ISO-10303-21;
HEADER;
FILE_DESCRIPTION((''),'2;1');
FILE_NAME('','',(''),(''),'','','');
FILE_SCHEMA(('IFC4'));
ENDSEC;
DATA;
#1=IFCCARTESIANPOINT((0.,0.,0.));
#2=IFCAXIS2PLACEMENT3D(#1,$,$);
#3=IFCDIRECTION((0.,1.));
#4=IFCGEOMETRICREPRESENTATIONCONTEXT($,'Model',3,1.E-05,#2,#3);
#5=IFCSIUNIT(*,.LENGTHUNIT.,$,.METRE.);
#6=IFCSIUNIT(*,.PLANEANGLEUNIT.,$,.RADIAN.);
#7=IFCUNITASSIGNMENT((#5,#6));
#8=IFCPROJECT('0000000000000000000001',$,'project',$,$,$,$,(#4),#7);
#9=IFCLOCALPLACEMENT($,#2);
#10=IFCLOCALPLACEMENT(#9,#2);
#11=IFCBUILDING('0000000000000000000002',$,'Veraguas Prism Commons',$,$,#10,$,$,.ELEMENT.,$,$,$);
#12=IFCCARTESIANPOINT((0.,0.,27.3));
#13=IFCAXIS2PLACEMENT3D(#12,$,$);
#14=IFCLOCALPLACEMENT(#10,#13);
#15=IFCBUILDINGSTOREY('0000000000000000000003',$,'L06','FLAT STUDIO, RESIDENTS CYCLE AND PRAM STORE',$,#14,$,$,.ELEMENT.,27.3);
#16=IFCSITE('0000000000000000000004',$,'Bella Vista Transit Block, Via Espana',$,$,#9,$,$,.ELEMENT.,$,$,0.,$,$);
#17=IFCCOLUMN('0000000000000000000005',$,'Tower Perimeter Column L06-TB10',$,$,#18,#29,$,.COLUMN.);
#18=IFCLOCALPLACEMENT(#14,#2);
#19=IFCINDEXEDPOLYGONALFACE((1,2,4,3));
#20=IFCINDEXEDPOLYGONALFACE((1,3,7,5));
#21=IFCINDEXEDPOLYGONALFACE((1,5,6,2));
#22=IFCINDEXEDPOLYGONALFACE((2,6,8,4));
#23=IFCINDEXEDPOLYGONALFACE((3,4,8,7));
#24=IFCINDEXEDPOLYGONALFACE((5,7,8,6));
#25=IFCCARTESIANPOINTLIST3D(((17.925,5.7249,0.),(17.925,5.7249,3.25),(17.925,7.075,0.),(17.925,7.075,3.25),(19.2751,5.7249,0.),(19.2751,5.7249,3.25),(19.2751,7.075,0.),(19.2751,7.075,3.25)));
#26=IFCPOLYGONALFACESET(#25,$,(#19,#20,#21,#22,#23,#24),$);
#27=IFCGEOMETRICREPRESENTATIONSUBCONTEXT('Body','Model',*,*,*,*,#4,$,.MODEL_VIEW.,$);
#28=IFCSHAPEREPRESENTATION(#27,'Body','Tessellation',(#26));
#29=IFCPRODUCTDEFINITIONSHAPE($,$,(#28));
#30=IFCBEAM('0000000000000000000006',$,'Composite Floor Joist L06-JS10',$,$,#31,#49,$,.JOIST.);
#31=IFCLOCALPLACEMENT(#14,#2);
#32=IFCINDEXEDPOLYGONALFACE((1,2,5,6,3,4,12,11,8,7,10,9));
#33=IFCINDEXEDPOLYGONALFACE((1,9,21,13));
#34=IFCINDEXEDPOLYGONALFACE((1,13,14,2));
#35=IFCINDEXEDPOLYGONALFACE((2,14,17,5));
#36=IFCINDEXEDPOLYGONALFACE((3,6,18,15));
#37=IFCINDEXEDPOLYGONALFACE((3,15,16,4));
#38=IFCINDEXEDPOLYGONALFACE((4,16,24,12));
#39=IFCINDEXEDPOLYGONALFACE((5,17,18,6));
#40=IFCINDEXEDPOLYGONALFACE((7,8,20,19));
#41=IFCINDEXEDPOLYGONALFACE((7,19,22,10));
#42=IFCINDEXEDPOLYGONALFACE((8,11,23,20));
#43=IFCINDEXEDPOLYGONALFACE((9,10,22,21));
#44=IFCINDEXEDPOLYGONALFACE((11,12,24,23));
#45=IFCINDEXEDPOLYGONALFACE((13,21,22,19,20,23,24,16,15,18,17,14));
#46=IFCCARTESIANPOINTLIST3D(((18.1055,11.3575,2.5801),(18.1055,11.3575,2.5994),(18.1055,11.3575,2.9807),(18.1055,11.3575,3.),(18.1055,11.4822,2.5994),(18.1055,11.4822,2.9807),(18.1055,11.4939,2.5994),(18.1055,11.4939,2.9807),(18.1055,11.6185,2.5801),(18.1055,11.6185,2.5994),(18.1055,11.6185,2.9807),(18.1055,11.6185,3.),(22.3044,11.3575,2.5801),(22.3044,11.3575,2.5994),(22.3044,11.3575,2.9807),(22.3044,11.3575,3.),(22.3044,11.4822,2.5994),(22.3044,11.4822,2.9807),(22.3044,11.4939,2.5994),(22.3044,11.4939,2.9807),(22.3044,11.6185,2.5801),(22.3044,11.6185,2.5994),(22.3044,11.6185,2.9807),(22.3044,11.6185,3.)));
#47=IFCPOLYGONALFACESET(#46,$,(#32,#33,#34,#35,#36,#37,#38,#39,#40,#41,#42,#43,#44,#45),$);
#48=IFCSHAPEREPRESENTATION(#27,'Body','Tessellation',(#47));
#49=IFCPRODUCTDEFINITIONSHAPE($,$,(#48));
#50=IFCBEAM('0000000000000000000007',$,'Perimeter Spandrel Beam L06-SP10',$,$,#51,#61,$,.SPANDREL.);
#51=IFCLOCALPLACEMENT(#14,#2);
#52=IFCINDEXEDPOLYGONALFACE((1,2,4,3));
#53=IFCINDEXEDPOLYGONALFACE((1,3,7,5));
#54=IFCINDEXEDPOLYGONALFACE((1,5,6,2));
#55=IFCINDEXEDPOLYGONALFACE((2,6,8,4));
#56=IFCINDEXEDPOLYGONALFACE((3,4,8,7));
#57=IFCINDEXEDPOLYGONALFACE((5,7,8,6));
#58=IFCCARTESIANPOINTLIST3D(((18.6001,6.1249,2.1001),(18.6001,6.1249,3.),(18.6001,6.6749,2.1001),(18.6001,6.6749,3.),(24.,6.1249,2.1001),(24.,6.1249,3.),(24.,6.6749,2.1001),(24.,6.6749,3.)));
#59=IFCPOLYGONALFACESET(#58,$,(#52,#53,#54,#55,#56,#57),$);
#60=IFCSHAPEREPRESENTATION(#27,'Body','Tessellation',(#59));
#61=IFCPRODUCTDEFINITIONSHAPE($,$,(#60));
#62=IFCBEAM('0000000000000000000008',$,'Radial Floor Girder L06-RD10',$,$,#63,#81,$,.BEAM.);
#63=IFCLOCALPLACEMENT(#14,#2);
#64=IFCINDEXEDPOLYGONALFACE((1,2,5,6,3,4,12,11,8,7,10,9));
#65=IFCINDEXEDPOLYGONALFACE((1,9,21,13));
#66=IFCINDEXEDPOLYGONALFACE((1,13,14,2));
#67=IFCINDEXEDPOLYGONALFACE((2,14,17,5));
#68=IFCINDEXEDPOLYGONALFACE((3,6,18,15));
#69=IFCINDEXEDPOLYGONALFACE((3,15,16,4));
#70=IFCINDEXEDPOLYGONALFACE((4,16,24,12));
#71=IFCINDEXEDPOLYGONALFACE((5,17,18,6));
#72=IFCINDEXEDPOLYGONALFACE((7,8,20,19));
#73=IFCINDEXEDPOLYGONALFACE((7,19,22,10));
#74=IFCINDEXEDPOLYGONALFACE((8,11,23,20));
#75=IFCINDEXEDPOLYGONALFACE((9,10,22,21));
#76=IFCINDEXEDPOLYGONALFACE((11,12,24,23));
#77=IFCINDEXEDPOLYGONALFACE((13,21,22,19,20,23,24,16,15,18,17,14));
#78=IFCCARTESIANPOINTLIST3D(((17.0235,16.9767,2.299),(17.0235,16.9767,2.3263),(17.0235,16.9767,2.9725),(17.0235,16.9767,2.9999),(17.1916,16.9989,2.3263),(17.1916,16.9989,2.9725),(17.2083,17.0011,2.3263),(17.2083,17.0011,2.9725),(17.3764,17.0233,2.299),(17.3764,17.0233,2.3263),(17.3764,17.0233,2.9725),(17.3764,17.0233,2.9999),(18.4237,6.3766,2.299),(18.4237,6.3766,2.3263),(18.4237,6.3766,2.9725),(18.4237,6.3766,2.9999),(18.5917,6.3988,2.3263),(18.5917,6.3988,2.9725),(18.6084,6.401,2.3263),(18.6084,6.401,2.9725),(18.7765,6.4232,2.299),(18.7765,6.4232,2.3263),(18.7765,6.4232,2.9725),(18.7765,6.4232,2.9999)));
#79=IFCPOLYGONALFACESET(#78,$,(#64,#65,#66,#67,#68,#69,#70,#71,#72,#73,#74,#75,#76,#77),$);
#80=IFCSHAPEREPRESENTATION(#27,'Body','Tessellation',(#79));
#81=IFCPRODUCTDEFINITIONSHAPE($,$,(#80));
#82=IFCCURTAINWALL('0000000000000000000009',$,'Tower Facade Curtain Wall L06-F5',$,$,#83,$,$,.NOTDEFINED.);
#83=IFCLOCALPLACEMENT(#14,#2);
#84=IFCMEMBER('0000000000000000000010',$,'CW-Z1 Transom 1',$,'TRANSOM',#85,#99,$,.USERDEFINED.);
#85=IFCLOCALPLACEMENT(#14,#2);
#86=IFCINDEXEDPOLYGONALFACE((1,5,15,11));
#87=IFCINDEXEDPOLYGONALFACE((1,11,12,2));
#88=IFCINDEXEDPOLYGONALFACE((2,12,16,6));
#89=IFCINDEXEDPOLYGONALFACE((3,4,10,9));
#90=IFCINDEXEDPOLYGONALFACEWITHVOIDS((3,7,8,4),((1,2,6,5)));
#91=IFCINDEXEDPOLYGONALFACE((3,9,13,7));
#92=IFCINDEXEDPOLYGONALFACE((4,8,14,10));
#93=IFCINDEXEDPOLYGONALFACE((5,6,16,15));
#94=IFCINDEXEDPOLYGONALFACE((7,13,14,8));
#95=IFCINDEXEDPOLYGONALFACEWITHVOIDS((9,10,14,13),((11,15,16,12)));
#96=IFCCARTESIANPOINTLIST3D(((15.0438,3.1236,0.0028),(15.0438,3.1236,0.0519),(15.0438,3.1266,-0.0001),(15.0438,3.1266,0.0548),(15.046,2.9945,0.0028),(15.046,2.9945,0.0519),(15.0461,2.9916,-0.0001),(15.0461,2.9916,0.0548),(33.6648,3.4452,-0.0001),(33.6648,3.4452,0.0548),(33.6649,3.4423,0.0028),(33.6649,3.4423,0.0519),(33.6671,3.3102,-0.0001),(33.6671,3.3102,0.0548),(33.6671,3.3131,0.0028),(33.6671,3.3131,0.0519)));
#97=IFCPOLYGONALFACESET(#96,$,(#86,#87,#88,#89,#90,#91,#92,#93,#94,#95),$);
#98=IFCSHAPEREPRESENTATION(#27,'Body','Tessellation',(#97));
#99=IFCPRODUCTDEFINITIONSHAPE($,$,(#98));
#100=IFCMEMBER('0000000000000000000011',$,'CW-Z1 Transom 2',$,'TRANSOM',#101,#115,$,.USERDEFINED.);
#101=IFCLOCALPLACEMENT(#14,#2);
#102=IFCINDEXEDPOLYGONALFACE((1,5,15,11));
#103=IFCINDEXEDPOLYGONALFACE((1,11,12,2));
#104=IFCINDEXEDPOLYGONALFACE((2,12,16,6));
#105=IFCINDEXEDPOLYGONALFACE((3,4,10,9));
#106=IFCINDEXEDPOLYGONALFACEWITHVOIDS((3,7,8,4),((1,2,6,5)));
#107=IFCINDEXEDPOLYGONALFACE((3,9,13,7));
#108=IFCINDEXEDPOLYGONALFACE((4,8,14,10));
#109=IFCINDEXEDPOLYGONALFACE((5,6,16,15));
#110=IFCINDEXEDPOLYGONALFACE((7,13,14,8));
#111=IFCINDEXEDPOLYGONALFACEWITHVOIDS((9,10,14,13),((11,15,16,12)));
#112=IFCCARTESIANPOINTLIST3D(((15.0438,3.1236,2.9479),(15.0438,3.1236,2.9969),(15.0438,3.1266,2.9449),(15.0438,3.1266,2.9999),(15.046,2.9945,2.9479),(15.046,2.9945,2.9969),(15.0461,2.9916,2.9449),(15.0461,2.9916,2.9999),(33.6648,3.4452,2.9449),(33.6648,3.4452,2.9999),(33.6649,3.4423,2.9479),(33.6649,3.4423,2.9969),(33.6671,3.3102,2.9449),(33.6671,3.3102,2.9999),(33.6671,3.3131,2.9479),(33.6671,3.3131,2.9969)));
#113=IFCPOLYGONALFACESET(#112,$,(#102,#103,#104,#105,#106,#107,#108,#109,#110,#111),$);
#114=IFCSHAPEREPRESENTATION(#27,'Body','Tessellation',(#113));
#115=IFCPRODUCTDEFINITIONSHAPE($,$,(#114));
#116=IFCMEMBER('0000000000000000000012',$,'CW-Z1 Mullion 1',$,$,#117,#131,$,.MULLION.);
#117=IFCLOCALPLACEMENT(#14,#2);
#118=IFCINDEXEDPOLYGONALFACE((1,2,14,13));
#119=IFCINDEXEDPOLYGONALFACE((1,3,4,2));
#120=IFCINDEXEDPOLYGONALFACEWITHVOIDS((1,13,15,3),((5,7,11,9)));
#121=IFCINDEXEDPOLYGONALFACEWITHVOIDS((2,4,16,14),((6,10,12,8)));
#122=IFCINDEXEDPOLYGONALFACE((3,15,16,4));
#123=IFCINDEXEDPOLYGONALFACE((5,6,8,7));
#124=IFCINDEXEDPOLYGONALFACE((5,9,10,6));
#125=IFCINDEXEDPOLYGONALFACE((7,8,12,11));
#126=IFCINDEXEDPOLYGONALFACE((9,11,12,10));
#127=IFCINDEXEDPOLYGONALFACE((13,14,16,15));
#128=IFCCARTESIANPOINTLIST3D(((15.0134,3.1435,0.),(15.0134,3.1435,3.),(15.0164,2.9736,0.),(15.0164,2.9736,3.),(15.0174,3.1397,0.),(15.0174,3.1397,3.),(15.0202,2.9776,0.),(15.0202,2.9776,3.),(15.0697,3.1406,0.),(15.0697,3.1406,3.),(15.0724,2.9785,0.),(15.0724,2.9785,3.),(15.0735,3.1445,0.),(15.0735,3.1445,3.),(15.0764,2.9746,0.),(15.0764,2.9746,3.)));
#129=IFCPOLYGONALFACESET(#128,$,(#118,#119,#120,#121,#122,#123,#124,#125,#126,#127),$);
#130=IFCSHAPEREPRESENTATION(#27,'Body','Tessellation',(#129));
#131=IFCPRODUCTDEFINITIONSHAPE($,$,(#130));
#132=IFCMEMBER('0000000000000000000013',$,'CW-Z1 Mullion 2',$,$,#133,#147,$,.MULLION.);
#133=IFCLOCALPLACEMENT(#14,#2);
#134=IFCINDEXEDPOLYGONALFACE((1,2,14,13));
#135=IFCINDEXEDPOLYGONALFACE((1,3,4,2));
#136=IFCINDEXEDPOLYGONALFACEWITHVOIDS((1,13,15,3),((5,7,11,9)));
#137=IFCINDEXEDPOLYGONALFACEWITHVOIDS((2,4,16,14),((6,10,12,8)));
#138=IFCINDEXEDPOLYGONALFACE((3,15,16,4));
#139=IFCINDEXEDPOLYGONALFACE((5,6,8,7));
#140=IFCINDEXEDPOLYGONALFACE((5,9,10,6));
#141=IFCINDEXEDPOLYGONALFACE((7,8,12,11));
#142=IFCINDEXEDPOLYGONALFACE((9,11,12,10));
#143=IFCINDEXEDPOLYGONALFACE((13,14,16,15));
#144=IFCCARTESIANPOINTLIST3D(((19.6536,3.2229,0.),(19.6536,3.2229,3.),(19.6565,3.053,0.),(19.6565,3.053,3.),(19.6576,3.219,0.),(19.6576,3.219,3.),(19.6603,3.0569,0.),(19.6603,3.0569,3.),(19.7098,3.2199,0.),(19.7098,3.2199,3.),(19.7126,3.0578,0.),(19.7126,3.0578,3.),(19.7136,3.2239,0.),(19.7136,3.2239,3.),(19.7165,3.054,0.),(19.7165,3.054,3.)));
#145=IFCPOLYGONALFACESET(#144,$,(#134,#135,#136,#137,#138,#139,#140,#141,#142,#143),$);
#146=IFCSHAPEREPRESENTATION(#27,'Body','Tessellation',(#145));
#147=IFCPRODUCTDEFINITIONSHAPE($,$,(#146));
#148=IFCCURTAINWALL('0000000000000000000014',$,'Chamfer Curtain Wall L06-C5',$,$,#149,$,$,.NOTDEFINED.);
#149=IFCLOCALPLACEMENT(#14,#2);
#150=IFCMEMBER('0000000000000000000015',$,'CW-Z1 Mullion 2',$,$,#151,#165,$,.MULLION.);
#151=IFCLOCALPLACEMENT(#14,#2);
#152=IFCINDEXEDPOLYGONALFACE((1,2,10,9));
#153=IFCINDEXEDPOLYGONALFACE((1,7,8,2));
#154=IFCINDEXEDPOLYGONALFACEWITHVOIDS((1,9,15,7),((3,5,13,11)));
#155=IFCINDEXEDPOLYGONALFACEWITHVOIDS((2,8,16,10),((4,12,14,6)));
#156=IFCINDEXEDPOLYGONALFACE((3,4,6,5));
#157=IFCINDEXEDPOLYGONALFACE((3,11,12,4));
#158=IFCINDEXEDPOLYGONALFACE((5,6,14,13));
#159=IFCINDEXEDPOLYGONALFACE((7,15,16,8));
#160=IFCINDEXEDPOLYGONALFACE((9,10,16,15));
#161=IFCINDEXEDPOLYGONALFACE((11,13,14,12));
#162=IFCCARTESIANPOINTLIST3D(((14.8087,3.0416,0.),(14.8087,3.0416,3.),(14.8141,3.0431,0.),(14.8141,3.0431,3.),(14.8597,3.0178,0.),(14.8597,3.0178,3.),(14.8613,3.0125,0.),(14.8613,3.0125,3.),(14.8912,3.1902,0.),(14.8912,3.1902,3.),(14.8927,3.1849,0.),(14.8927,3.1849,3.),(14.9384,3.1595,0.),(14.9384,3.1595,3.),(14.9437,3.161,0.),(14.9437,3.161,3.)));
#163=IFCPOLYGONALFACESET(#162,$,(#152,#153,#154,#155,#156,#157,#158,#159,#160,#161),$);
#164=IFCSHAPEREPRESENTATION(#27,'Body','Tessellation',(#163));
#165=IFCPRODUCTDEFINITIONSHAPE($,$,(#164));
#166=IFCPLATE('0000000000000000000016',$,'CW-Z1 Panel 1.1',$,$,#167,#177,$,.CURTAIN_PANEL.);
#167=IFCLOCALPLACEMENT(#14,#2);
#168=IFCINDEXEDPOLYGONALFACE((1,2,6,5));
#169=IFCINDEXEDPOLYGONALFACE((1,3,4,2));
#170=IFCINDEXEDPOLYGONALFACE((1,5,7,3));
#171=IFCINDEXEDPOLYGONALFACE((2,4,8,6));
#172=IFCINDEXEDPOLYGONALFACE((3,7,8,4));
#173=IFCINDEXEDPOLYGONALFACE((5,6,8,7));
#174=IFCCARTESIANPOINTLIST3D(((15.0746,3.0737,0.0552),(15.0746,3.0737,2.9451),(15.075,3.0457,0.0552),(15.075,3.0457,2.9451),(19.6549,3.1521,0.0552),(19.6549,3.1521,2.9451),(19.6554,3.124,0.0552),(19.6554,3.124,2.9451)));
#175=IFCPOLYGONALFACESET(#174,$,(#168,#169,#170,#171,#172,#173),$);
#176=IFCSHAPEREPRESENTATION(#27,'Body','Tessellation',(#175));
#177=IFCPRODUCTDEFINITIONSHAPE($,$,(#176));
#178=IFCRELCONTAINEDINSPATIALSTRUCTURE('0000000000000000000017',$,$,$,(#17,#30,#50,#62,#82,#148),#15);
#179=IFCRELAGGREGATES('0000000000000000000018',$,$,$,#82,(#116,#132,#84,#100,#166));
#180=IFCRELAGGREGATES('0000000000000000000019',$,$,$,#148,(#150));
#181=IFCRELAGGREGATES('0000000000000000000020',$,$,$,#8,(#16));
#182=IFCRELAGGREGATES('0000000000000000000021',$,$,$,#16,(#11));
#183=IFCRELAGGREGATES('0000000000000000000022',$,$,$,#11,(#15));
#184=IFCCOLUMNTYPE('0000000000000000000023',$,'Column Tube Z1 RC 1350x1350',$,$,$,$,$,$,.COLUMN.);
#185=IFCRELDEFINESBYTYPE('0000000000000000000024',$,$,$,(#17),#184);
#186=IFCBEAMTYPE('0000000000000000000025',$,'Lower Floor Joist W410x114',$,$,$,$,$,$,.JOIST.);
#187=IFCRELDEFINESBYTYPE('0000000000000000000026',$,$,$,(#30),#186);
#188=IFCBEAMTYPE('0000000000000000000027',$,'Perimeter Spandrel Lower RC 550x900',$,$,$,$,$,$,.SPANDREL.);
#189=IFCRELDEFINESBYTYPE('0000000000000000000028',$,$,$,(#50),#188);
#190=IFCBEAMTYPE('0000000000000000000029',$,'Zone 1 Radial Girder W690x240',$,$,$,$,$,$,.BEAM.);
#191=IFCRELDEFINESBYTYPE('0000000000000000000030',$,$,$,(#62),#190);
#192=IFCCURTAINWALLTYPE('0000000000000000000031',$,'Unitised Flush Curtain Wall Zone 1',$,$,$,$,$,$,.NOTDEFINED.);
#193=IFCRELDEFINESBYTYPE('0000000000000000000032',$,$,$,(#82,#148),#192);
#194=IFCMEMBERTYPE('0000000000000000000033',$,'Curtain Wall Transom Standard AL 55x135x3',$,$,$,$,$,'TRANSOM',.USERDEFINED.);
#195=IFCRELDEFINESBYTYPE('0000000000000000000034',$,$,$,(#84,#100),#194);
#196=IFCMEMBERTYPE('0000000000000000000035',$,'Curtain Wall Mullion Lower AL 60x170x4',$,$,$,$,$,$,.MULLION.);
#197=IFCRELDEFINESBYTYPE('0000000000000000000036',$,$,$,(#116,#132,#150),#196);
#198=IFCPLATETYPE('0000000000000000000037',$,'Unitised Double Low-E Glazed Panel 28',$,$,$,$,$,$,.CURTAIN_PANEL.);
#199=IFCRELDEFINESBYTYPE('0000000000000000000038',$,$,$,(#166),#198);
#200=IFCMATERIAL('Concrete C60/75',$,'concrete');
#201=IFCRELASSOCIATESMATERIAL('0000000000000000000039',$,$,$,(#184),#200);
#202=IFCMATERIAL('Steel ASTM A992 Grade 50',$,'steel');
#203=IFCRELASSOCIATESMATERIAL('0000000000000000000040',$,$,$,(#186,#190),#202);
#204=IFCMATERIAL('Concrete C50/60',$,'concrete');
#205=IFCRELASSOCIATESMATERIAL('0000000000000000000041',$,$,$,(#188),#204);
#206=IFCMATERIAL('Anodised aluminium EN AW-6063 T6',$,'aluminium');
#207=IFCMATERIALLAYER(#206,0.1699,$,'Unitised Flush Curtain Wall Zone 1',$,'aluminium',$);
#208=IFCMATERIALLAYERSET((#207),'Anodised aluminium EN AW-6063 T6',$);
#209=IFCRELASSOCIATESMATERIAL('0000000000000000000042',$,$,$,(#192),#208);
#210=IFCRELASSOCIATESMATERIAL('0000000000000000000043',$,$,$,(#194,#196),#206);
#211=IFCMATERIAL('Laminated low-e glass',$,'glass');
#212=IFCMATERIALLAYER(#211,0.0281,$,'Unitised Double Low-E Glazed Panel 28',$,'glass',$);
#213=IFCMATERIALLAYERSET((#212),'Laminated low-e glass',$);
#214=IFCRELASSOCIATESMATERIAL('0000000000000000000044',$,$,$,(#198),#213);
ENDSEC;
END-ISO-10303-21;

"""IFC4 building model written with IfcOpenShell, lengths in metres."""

from ifc_helpers import new_model, si_unit, direction, frame, origin, origin_2d, place, context, subcontext, project, spatial, rectangle, hollow_rectangle, i_section, extrude, source, transform, mapped, material, layer, layer_set, material_profile, profile_set, type_object, element, aggregate, save


model = new_model("IFC4")

# Units and contexts
model_context = context("Model", 3, precision=1e-05, world=origin(), true_north=direction((0.0, 1.0)))
body_context = subcontext(model_context, "Body", "Model", "MODEL_VIEW")
ifc_project = project(units=[si_unit("LENGTHUNIT", "METRE"), si_unit("PLANEANGLEUNIT", "RADIAN")], contexts=[model_context])

# Site, building, storey
site_placement = place(None, origin())
site = spatial("IfcSite", under=ifc_project, at=site_placement, Name="Bella Vista Transit Block, Via Espana", CompositionType="ELEMENT", RefElevation=0.0)
building_placement = place(site_placement, origin())
building = spatial("IfcBuilding", under=site, at=building_placement, Name="Veraguas Prism Commons", CompositionType="ELEMENT")
storey_placement = place(building_placement, frame((0.0, 0.0, 27.3)))
storey = spatial("IfcBuildingStorey", under=building, at=storey_placement, Name="L06", Description="FLAT STUDIO, RESIDENTS CYCLE AND PRAM STORE", CompositionType="ELEMENT", Elevation=27.3)

# Column
ifc_material_1 = material(Name="Concrete C60/75", Category="concrete")
ifc_material_profile_1 = material_profile(ifc_material_1, rectangle(XDim=1.3501, YDim=1.3501, at=origin_2d()), Name="RC1350X1350")
ifc_profile_set_1 = profile_set([ifc_material_profile_1], Name="Concrete C60/75")
column_type = type_object("IfcColumnType", Name="Column Tube Z1 RC 1350x1350", PredefinedType="COLUMN", material=ifc_profile_set_1)
column_placement = place(storey_placement, frame((18.6001, 6.3999, 0.0), z_axis=(0.0, 0.0, 1.0), x_axis=(1.0, 0.0, 0.0)))
element("IfcColumn", 1, at=column_placement, inside=storey, type_object=column_type, Name="Tower Perimeter Column L06-TB10", PredefinedType="COLUMN", context=body_context, shape_type="SweptSolid", body=[
    extrude(rectangle(XDim=1.3501, YDim=1.3501, at=origin_2d()), origin(), (0.0, 0.0, 1.0), 3.25),
])

# Beams
ifc_material_2 = material(Name="Steel ASTM A992 Grade 50", Category="steel")
ifc_material_profile_2 = material_profile(ifc_material_2, i_section(OverallWidth=0.261, OverallDepth=0.4199, WebThickness=0.0117, FlangeThickness=0.0193, at=origin_2d()), Name="W410X114")
ifc_profile_set_2 = profile_set([ifc_material_profile_2], Name="Steel ASTM A992 Grade 50")
beam_type_1 = type_object("IfcBeamType", Name="Lower Floor Joist W410x114", PredefinedType="JOIST", material=ifc_profile_set_2)
beam_1_placement = place(storey_placement, frame((18.1055, 11.488, 2.79), z_axis=(1.0, 0.0, 0.0), x_axis=(0.0, 1.0, 0.0)))
element("IfcBeam", 2, at=beam_1_placement, inside=storey, type_object=beam_type_1, Name="Composite Floor Joist L06-JS10", PredefinedType="JOIST", context=body_context, shape_type="SweptSolid", body=[
    extrude(i_section(OverallWidth=0.261, OverallDepth=0.4199, WebThickness=0.0117, FlangeThickness=0.0193, at=origin_2d()), origin(), (0.0, 0.0, 1.0), 4.199),
])
ifc_material_3 = material(Name="Concrete C50/60", Category="concrete")
ifc_material_profile_3 = material_profile(ifc_material_3, rectangle(XDim=0.55, YDim=0.8999, at=origin_2d()), Name="RC550X900")
ifc_profile_set_3 = profile_set([ifc_material_profile_3], Name="Concrete C50/60")
beam_type_2 = type_object("IfcBeamType", Name="Perimeter Spandrel Lower RC 550x900", PredefinedType="SPANDREL", material=ifc_profile_set_3)
beam_2_placement = place(storey_placement, frame((18.6001, 6.3999, 2.55), z_axis=(1.0, 0.0, 0.0), x_axis=(0.0, 1.0, 0.0)))
element("IfcBeam", 3, at=beam_2_placement, inside=storey, type_object=beam_type_2, Name="Perimeter Spandrel Beam L06-SP10", PredefinedType="SPANDREL", context=body_context, shape_type="SweptSolid", body=[
    extrude(rectangle(XDim=0.55, YDim=0.8999, at=origin_2d()), origin(), (0.0, 0.0, 1.0), 5.3999),
])
ifc_material_profile_4 = material_profile(ifc_material_2, i_section(OverallWidth=0.356, OverallDepth=0.7009, WebThickness=0.0168, FlangeThickness=0.0273, at=origin_2d()), Name="W690X240")
ifc_profile_set_4 = profile_set([ifc_material_profile_4], Name="Steel ASTM A992 Grade 50")
beam_type_3 = type_object("IfcBeamType", Name="Zone 1 Radial Girder W690x240", PredefinedType="BEAM", material=ifc_profile_set_4)
beam_3_placement = place(storey_placement, frame((18.6001, 6.3999, 2.6494), z_axis=(-0.130951, 0.991389, 0.0), x_axis=(-0.991389, -0.130951, 0.0)))
element("IfcBeam", 4, at=beam_3_placement, inside=storey, type_object=beam_type_3, Name="Radial Floor Girder L06-RD10", PredefinedType="BEAM", context=body_context, shape_type="SweptSolid", body=[
    extrude(i_section(OverallWidth=0.356, OverallDepth=0.7009, WebThickness=0.0168, FlangeThickness=0.0273, at=origin_2d()), origin(), (0.0, 0.0, 1.0), 10.6921),
])

# Curtain wall, members
ifc_material_4 = material(Name="Anodised aluminium EN AW-6063 T6", Category="aluminium")
ifc_layer_1 = layer(ifc_material_4, 0.1699, Name="Unitised Flush Curtain Wall Zone 1", Category="aluminium")
ifc_layer_set_1 = layer_set([ifc_layer_1], Name="Anodised aluminium EN AW-6063 T6")
curtain_wall_type = type_object("IfcCurtainWallType", Name="Unitised Flush Curtain Wall Zone 1", PredefinedType="NOTDEFINED", material=ifc_layer_set_1)
curtain_wall_1_placement = place(storey_placement, origin())
curtain_wall_1 = element("IfcCurtainWall", 5, at=curtain_wall_1_placement, inside=storey, type_object=curtain_wall_type, Name="Tower Facade Curtain Wall L06-F5", PredefinedType="NOTDEFINED")
ifc_material_profile_5 = material_profile(ifc_material_4, hollow_rectangle(XDim=0.0549, YDim=0.135, WallThickness=0.0029, at=origin_2d()), Name="AL55X135X3")
ifc_profile_set_5 = profile_set([ifc_material_profile_5], Name="Anodised aluminium EN AW-6063 T6")
member_type_1 = type_object("IfcMemberType", Name="Curtain Wall Transom Standard AL 55x135x3", ElementType="TRANSOM", PredefinedType="USERDEFINED", material=ifc_profile_set_5)
shared_shape_1 = source(origin(), body_context, "Body", "SweptSolid", [
    extrude(hollow_rectangle(XDim=0.0549, YDim=0.135, WallThickness=0.0029, at=origin_2d()), origin(), (0.0, 0.0, 1.0), 18.6238),
])
member_1_placement = place(storey_placement, frame((15.0449, 3.0591, 0.0273), z_axis=(0.999854, 0.017107, 0.0), x_axis=(0.0, 0.0, 1.0)))
member_1 = element("IfcMember", 6, at=member_1_placement, type_object=member_type_1, Name="CW-Z1 Transom 1", ObjectType="TRANSOM", PredefinedType="USERDEFINED", context=body_context, shape_type="MappedRepresentation", body=[
    mapped(shared_shape_1, transform((0.0, 0.0, 0.0), scale=1.0)),
])
member_2_placement = place(storey_placement, frame((15.0449, 3.0591, 2.9724), z_axis=(0.999854, 0.017107, 0.0), x_axis=(0.0, 0.0, 1.0)))
member_2 = element("IfcMember", 7, at=member_2_placement, type_object=member_type_1, Name="CW-Z1 Transom 2", ObjectType="TRANSOM", PredefinedType="USERDEFINED", context=body_context, shape_type="MappedRepresentation", body=[
    mapped(shared_shape_1, transform((0.0, 0.0, 0.0), scale=1.0)),
])
ifc_material_profile_6 = material_profile(ifc_material_4, hollow_rectangle(XDim=0.0601, YDim=0.1699, WallThickness=0.0039, at=origin_2d()), Name="AL60X170X4")
ifc_profile_set_6 = profile_set([ifc_material_profile_6], Name="Anodised aluminium EN AW-6063 T6")
member_type_2 = type_object("IfcMemberType", Name="Curtain Wall Mullion Lower AL 60x170x4", PredefinedType="MULLION", material=ifc_profile_set_6)
shared_shape_2 = source(origin(), body_context, "Body", "SweptSolid", [
    extrude(hollow_rectangle(XDim=0.0601, YDim=0.1699, WallThickness=0.0039, at=origin_2d()), origin(), (0.0, 0.0, 1.0), 3.0),
])
member_3_placement = place(storey_placement, frame((15.0449, 3.0591, 0.0), z_axis=(0.0, 0.0, 1.0), x_axis=(0.999854, 0.017105, 0.0)))
member_3 = element("IfcMember", 8, at=member_3_placement, type_object=member_type_2, Name="CW-Z1 Mullion 1", PredefinedType="MULLION", context=body_context, shape_type="MappedRepresentation", body=[
    mapped(shared_shape_2, transform((0.0, 0.0, 0.0), scale=1.0)),
])
member_4_placement = place(storey_placement, frame((19.6851, 3.1384, 0.0), z_axis=(0.0, 0.0, 1.0), x_axis=(0.999854, 0.017105, 0.0)))
member_4 = element("IfcMember", 9, at=member_4_placement, type_object=member_type_2, Name="CW-Z1 Mullion 2", PredefinedType="MULLION", context=body_context, shape_type="MappedRepresentation", body=[
    mapped(shared_shape_2, transform((0.0, 0.0, 0.0), scale=1.0)),
])

# Curtain wall, member
curtain_wall_2_placement = place(storey_placement, origin())
curtain_wall_2 = element("IfcCurtainWall", 10, at=curtain_wall_2_placement, inside=storey, type_object=curtain_wall_type, Name="Chamfer Curtain Wall L06-C5", PredefinedType="NOTDEFINED")
member_5_placement = place(storey_placement, frame((14.8762, 3.1013, 0.0), z_axis=(0.0, 0.0, 1.0), x_axis=(0.874445, -0.485124, 0.0)))
member_5 = element("IfcMember", 11, at=member_5_placement, type_object=member_type_2, Name="CW-Z1 Mullion 2", PredefinedType="MULLION", context=body_context, shape_type="MappedRepresentation", body=[
    mapped(shared_shape_2, transform((0.0, 0.0, 0.0), scale=1.0)),
])

# Plate
ifc_material_5 = material(Name="Laminated low-e glass", Category="glass")
ifc_layer_2 = layer(ifc_material_5, 0.0281, Name="Unitised Double Low-E Glazed Panel 28", Category="glass")
ifc_layer_set_2 = layer_set([ifc_layer_2], Name="Laminated low-e glass")
plate_type = type_object("IfcPlateType", Name="Unitised Double Low-E Glazed Panel 28", PredefinedType="CURTAIN_PANEL", material=ifc_layer_set_2)
shared_shape_3 = source(origin(), body_context, "Body", "SweptSolid", [
    extrude(rectangle(XDim=4.5811, YDim=0.0281, at=origin_2d()), origin(), (0.0, 0.0, 1.0), 2.8899),
])
plate_1_placement = place(storey_placement, frame((17.365, 3.0989, 0.0552), z_axis=(0.0, 0.0, 1.0), x_axis=(0.999854, 0.017105, 0.0)))
plate_1 = element("IfcPlate", 12, at=plate_1_placement, type_object=plate_type, Name="CW-Z1 Panel 1.1", PredefinedType="CURTAIN_PANEL", context=body_context, shape_type="MappedRepresentation", body=[
    mapped(shared_shape_3, transform((0.0, 0.0, 0.0), scale=1.0)),
])
aggregate(curtain_wall_1, [member_3, member_4, member_1, member_2, plate_1])
aggregate(curtain_wall_2, [member_5])

save(model, "model.ifc")
